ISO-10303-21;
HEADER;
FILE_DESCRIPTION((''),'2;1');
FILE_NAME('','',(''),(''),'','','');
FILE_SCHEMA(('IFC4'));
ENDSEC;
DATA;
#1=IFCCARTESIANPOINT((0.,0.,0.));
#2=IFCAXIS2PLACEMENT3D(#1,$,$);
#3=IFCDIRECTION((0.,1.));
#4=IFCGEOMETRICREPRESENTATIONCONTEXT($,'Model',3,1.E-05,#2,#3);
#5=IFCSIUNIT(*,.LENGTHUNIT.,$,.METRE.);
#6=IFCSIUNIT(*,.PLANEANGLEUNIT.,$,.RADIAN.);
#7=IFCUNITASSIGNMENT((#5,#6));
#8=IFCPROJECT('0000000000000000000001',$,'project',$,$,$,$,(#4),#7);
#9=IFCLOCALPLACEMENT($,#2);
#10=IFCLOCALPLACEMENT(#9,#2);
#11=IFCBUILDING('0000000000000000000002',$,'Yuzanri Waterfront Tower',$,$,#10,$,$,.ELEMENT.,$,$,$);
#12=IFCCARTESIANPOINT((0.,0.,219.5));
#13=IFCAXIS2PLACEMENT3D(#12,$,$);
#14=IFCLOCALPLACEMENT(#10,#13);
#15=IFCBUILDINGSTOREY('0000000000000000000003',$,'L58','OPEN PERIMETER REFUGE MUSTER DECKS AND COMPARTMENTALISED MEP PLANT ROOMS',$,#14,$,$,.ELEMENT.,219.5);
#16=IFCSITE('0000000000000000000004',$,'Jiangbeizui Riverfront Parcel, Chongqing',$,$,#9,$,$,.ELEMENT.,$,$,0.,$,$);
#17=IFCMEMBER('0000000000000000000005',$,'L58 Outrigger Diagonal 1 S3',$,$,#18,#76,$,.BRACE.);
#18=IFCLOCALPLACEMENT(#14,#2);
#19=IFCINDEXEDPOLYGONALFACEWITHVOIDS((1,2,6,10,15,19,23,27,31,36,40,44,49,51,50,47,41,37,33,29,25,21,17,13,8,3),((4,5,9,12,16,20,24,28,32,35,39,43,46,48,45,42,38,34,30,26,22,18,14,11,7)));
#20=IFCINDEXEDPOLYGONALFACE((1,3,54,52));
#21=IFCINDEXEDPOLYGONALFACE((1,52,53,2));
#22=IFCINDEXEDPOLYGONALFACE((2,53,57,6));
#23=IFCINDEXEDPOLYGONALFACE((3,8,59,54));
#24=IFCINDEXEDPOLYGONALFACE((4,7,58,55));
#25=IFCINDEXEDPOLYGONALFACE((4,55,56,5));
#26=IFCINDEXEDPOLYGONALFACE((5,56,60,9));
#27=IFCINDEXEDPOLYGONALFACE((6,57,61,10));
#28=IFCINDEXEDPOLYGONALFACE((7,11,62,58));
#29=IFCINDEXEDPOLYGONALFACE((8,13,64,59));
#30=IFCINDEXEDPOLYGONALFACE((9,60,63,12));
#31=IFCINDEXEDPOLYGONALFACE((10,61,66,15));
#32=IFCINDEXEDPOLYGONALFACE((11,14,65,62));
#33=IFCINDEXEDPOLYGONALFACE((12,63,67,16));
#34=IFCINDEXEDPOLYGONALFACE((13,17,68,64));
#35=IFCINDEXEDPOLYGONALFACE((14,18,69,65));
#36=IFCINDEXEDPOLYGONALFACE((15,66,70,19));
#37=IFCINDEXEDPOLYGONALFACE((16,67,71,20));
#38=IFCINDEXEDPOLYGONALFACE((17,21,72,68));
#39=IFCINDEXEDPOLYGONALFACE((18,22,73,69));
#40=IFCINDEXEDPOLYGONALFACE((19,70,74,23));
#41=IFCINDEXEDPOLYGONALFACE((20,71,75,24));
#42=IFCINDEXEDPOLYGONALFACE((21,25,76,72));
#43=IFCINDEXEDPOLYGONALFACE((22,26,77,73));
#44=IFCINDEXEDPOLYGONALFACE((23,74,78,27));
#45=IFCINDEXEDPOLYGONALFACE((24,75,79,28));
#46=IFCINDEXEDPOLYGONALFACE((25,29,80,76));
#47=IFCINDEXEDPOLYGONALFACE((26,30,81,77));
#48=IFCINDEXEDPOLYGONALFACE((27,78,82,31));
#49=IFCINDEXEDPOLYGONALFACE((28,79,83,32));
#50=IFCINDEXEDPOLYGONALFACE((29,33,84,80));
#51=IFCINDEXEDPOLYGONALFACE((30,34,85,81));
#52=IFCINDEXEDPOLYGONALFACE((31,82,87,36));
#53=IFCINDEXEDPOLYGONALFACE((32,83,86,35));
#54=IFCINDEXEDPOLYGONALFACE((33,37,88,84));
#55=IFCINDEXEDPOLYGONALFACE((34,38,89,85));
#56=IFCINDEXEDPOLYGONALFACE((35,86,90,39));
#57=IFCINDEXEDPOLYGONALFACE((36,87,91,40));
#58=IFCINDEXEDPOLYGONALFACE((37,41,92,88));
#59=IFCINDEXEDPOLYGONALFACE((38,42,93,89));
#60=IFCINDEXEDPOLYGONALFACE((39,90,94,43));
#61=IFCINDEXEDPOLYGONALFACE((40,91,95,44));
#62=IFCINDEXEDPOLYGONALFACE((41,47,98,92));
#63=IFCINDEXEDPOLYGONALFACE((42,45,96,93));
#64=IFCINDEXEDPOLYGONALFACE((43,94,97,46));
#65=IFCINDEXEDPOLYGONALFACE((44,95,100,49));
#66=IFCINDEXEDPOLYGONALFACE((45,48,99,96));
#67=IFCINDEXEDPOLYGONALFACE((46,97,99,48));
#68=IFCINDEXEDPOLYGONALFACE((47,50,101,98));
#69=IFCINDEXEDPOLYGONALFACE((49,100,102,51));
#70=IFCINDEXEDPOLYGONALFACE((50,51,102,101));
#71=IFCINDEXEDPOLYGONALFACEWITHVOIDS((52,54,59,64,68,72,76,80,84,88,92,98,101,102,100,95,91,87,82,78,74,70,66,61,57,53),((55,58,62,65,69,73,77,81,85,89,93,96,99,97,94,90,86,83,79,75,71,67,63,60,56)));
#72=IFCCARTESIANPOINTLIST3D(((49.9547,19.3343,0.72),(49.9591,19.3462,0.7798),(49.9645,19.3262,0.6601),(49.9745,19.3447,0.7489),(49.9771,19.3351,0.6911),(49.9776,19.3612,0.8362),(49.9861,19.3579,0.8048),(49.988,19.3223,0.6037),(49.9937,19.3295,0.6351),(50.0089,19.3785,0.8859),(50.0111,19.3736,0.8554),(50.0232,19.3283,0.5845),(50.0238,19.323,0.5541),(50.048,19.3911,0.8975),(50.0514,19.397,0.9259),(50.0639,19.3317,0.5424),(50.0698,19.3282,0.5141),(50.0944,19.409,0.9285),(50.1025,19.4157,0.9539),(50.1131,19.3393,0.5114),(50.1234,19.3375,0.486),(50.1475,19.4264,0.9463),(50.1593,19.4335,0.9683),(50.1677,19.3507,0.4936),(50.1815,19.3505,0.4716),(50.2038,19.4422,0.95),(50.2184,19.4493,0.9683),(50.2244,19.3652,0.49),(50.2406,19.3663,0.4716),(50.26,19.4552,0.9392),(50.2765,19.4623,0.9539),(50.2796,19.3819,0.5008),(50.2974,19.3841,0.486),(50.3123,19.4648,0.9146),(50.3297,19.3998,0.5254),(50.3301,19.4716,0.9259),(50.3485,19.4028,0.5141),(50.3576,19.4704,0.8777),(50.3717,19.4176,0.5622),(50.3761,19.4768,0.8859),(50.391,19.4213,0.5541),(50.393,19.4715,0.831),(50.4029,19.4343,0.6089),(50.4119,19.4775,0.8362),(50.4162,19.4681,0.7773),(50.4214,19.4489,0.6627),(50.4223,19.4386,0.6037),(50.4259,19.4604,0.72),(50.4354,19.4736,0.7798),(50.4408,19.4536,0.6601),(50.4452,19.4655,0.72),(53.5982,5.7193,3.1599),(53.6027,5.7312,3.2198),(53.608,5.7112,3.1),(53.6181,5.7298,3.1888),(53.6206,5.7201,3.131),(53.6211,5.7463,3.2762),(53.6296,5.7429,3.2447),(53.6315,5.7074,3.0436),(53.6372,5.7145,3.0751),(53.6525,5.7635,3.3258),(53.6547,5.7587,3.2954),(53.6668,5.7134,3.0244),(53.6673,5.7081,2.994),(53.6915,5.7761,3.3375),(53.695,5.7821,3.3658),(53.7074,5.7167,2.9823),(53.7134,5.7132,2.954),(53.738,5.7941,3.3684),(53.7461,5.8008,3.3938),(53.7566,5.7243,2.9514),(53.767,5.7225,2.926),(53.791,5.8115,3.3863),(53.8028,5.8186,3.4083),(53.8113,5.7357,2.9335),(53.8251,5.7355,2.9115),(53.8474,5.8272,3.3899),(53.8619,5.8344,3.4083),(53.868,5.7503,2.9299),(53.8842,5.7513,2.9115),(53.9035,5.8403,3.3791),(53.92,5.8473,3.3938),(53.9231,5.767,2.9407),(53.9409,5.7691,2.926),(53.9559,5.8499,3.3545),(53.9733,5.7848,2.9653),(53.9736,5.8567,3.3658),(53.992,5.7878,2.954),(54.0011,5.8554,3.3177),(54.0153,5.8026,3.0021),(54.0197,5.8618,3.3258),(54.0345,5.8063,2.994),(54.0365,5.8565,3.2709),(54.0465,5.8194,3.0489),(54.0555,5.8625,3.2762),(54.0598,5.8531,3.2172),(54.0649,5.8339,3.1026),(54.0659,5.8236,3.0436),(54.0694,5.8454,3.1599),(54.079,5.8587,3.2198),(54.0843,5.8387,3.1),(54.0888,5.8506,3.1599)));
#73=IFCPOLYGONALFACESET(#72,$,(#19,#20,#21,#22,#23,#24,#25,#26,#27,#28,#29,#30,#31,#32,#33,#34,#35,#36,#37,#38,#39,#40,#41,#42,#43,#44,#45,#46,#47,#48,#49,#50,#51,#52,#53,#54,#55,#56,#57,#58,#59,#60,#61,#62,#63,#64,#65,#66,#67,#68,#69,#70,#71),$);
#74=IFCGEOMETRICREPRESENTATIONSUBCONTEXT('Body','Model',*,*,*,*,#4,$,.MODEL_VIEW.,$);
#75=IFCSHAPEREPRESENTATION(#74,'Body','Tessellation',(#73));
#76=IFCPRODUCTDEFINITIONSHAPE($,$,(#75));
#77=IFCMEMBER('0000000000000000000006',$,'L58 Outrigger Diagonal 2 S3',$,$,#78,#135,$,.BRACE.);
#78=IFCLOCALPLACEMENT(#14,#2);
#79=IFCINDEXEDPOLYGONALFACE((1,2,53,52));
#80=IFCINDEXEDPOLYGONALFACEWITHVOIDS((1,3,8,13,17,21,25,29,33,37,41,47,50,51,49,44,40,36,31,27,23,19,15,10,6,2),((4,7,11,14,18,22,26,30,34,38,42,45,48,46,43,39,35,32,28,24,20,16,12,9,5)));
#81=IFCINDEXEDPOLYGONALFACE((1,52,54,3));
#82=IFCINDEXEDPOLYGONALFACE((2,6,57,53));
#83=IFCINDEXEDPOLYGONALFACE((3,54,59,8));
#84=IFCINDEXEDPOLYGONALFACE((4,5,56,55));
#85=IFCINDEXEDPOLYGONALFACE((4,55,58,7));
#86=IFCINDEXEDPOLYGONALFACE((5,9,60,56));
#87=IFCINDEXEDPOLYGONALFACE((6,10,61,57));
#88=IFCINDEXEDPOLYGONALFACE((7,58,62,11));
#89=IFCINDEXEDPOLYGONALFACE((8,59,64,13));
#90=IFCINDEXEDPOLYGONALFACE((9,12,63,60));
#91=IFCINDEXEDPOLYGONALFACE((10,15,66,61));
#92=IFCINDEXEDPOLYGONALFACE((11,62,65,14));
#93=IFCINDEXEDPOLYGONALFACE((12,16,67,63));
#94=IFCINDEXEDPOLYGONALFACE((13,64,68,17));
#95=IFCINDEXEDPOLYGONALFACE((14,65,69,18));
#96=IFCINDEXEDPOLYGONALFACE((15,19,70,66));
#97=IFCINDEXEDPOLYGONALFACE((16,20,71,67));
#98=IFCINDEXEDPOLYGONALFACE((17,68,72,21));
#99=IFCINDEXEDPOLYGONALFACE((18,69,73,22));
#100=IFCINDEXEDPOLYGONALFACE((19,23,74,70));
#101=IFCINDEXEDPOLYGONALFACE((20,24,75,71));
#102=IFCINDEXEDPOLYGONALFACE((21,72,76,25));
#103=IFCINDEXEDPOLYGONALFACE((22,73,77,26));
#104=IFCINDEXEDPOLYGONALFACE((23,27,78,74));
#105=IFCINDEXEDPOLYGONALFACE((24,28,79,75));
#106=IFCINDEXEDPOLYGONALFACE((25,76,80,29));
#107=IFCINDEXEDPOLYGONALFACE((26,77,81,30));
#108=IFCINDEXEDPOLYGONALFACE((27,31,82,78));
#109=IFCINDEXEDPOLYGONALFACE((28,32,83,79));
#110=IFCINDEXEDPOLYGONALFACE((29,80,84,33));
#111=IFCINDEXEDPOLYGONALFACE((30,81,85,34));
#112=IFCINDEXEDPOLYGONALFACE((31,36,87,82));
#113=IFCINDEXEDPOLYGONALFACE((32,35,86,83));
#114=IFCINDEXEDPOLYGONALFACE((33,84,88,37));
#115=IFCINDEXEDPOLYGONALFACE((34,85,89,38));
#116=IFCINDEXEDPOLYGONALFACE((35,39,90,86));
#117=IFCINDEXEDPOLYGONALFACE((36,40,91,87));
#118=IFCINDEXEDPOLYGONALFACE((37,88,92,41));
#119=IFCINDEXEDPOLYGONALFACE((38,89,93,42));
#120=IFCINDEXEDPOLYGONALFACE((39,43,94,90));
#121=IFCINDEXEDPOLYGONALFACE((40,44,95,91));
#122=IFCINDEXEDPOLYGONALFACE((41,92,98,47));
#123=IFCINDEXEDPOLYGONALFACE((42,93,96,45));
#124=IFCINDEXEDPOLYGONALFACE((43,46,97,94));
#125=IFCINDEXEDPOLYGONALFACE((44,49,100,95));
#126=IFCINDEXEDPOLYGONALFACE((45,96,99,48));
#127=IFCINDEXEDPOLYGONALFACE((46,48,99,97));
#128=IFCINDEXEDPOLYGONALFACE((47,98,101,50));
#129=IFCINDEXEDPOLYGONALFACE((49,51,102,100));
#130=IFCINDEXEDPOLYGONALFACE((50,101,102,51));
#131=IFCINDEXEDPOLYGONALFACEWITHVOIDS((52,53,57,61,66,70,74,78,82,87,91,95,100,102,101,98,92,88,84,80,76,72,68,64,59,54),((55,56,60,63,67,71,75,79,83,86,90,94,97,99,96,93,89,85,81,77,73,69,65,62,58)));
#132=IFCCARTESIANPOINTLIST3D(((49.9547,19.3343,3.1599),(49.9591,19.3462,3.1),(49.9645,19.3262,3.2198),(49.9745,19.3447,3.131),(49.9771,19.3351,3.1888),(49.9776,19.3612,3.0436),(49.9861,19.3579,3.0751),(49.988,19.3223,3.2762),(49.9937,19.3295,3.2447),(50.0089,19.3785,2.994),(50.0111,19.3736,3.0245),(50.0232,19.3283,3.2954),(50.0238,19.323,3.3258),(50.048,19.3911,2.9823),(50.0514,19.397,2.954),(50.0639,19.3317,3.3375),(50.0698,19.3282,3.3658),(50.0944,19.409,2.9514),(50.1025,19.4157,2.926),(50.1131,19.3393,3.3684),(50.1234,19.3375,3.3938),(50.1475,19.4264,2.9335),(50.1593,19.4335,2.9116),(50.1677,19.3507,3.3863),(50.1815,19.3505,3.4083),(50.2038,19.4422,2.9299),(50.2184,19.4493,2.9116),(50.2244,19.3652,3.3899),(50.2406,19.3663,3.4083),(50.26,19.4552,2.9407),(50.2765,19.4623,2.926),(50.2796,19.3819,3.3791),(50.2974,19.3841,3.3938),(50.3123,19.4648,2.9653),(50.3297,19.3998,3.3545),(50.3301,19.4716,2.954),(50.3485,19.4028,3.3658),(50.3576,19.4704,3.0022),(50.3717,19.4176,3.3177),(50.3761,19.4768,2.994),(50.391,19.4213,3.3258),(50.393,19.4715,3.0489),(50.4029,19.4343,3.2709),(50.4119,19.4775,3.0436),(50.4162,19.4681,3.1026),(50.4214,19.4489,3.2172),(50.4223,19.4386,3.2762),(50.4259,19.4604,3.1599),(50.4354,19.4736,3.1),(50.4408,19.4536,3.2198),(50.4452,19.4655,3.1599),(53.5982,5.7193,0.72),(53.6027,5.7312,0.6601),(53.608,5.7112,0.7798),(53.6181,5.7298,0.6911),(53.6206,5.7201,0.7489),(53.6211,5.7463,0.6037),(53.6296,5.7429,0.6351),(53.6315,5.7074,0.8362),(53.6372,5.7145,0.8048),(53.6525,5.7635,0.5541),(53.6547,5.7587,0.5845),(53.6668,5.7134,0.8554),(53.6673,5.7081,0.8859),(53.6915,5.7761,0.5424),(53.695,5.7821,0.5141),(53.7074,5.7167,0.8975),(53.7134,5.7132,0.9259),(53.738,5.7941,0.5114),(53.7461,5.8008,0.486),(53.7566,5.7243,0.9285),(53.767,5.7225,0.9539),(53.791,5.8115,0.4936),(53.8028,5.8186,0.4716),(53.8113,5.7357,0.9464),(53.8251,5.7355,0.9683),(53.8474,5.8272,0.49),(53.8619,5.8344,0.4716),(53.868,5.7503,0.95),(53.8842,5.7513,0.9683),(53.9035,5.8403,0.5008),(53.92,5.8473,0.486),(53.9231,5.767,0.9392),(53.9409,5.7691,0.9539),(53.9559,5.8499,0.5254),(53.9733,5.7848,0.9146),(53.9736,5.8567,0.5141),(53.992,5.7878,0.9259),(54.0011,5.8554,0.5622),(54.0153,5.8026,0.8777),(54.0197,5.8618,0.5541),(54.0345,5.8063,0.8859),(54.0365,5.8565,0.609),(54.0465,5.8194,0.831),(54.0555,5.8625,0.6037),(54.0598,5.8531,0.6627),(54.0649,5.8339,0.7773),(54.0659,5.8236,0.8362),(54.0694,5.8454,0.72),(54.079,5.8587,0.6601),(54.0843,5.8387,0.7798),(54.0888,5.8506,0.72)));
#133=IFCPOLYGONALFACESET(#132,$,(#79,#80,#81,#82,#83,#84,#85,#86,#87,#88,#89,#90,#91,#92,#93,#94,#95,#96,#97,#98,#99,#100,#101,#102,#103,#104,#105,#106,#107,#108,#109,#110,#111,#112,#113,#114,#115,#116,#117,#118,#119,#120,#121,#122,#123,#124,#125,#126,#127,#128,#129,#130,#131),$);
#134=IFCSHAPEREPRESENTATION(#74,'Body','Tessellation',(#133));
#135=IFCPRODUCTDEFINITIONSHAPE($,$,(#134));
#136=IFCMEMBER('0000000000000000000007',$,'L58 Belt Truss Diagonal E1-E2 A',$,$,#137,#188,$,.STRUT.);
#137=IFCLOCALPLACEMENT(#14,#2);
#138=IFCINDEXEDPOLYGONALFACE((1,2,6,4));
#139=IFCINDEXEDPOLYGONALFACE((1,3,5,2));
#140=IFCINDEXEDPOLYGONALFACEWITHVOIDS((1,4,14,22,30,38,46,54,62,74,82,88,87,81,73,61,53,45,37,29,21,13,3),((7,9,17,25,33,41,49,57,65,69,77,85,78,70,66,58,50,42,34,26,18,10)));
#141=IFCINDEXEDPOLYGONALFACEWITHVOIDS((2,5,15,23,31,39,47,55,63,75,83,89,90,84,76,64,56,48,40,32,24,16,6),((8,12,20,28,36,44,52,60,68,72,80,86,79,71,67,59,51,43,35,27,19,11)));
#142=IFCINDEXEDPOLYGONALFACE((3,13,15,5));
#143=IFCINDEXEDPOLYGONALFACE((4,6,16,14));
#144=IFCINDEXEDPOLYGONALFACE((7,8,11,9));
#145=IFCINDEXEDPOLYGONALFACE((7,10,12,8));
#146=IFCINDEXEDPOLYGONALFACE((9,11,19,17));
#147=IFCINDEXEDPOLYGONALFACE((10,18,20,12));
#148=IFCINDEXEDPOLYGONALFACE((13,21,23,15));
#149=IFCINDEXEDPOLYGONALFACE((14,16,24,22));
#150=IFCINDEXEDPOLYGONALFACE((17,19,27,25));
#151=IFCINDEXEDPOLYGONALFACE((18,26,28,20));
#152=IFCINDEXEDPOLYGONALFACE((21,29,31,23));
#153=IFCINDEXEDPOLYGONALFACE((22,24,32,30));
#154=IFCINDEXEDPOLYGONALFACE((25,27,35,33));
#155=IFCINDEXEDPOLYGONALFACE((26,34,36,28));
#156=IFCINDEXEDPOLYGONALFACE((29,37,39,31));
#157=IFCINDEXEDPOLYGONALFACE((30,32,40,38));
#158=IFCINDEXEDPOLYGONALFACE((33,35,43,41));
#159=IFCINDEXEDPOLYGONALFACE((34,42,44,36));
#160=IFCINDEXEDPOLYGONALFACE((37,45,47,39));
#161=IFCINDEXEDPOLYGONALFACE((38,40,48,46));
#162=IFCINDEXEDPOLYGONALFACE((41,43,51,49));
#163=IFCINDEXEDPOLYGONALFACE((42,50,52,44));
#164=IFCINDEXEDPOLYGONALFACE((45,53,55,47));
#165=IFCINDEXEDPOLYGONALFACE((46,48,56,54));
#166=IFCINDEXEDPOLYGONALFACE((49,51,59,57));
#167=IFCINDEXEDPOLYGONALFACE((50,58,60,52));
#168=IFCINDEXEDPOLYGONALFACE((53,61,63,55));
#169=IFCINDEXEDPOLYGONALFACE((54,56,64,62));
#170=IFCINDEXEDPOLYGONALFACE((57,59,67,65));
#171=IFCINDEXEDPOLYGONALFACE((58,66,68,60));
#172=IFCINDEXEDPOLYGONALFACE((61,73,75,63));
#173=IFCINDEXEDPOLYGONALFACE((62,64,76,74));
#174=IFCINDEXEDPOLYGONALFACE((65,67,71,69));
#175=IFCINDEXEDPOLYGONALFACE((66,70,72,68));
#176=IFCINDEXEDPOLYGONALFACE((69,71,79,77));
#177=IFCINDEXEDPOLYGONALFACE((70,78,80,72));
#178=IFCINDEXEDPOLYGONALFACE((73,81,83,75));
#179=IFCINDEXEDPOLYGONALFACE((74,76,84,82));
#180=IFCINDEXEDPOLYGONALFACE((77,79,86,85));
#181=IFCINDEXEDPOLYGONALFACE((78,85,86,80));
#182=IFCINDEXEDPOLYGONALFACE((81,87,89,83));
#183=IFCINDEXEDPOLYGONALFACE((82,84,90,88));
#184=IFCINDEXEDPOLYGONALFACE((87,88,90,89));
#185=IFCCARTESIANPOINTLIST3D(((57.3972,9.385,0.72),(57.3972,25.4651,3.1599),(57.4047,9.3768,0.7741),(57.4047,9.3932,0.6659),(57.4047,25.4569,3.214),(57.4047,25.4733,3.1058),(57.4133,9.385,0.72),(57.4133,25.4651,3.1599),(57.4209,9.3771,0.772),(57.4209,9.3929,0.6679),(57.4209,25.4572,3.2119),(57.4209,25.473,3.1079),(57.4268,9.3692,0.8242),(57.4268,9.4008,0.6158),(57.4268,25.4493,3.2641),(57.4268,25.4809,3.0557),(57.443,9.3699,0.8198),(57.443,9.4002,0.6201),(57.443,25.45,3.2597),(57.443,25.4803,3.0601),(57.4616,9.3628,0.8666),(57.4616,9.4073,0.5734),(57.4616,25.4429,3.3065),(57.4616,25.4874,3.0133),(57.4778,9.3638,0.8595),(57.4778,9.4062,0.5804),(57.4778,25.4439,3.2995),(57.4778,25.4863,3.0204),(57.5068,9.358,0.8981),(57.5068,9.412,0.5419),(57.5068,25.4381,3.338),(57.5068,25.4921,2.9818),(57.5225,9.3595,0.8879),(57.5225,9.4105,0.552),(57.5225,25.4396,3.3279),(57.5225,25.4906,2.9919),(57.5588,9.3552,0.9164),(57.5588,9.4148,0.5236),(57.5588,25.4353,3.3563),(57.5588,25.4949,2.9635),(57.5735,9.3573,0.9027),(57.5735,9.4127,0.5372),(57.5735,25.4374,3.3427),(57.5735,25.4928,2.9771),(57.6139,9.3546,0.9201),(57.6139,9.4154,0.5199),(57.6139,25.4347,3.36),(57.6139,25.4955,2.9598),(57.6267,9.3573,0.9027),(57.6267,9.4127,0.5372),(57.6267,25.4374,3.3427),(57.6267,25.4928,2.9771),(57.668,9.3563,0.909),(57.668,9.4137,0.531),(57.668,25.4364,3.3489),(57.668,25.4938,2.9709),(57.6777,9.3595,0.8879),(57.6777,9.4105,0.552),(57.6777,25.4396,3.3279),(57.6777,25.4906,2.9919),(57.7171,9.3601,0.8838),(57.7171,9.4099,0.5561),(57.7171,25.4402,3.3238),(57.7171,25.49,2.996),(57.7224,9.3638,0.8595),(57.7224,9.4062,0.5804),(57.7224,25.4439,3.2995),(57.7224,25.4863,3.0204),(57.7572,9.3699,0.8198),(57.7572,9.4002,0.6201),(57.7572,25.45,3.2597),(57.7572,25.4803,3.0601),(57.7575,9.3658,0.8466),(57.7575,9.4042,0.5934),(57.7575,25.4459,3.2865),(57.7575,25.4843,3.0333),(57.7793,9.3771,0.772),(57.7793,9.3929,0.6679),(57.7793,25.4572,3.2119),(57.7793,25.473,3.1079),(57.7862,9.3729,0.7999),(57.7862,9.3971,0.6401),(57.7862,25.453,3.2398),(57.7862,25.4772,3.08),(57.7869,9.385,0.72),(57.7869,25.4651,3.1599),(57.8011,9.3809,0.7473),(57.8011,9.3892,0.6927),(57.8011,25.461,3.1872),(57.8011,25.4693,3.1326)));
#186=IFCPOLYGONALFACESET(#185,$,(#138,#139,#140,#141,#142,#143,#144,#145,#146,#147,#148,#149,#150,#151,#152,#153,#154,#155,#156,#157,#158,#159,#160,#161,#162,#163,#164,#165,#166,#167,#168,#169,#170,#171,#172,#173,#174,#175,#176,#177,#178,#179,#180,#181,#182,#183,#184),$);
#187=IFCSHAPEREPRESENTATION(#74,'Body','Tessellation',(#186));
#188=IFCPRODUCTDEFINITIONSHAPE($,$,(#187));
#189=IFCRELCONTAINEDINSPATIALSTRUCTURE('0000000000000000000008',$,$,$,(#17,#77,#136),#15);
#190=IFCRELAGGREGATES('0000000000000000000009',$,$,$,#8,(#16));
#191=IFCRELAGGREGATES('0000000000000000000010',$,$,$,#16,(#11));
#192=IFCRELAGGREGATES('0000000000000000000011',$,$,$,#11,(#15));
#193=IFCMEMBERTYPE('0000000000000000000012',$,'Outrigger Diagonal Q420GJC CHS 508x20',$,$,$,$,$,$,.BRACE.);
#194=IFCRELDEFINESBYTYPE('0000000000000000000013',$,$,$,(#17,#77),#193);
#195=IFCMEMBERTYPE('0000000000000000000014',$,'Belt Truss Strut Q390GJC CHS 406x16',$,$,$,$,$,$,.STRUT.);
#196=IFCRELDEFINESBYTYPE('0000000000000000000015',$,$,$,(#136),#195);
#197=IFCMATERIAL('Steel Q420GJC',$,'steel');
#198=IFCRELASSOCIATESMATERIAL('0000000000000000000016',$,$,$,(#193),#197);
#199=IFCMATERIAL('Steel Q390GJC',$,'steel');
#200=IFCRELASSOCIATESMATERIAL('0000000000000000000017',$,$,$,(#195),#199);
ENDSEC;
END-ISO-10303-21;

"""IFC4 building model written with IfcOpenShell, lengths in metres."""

from ifc_helpers import new_model, si_unit, direction, frame, origin, origin_2d, place, context, subcontext, project, spatial, hollow_circle, extrude, source, transform, mapped, material, material_profile, profile_set, type_object, element, save


model = new_model("IFC4")

# Units and contexts
model_context = context("Model", 3, precision=1e-05, world=origin(), true_north=direction((0.0, 1.0)))
body_context = subcontext(model_context, "Body", "Model", "MODEL_VIEW")
ifc_project = project(units=[si_unit("LENGTHUNIT", "METRE"), si_unit("PLANEANGLEUNIT", "RADIAN")], contexts=[model_context])

# Site, building, storey
site_placement = place(None, origin())
site = spatial("IfcSite", under=ifc_project, at=site_placement, Name="Jiangbeizui Riverfront Parcel, Chongqing", CompositionType="ELEMENT", RefElevation=0.0)
building_placement = place(site_placement, origin())
building = spatial("IfcBuilding", under=site, at=building_placement, Name="Yuzanri Waterfront Tower", CompositionType="ELEMENT")
storey_placement = place(building_placement, frame((0.0, 0.0, 219.5)))
storey = spatial("IfcBuildingStorey", under=building, at=storey_placement, Name="L58", Description="OPEN PERIMETER REFUGE MUSTER DECKS AND COMPARTMENTALISED MEP PLANT ROOMS", CompositionType="ELEMENT", Elevation=219.5)

# Members
ifc_material_1 = material(Name="Steel Q420GJC", Category="steel")
ifc_material_profile_1 = material_profile(ifc_material_1, hollow_circle(Radius=0.2539, WallThickness=0.02, at=origin_2d()), Name="CHS 508x20")
ifc_profile_set_1 = profile_set([ifc_material_profile_1], Name="Steel Q420GJC")
member_type_1 = type_object("IfcMemberType", Name="Outrigger Diagonal Q420GJC CHS 508x20", PredefinedType="BRACE", material=ifc_profile_set_1)
shared_shape_1 = source(origin(), body_context, "Body", "SweptSolid", [
    extrude(hollow_circle(Radius=0.2539, WallThickness=0.02, at=origin_2d()), origin(), (0.0, 0.0, 1.0), 14.3037),
])
for number, where, z_axis, x_axis, name in (
    (1, (50.2, 19.3999, 0.72), (0.254728, -0.951849, 0.170581), (0.966007, 0.258516, 0.0), "L58 Outrigger Diagonal 1 S3"),
    (2, (50.2, 19.3999, 3.1599), (0.254728, -0.951849, -0.170581), (0.966007, 0.258516, 0.0), "L58 Outrigger Diagonal 2 S3"),
):
    element("IfcMember", number, at=place(storey_placement, frame(where, z_axis=z_axis, x_axis=x_axis)), inside=storey, type_object=member_type_1, Name=name, PredefinedType="BRACE", context=body_context, shape_type="MappedRepresentation", body=[
        mapped(shared_shape_1, transform((0.0, 0.0, 0.0), scale=1.0)),
    ])
ifc_material_2 = material(Name="Steel Q390GJC", Category="steel")
ifc_material_profile_2 = material_profile(ifc_material_2, hollow_circle(Radius=0.2029, WallThickness=0.0161, at=origin_2d()), Name="CHS 406x16")
ifc_profile_set_2 = profile_set([ifc_material_profile_2], Name="Steel Q390GJC")
member_type_2 = type_object("IfcMemberType", Name="Belt Truss Strut Q390GJC CHS 406x16", PredefinedType="STRUT", material=ifc_profile_set_2)
shared_shape_2 = source(origin(), body_context, "Body", "SweptSolid", [
    extrude(hollow_circle(Radius=0.2029, WallThickness=0.0161, at=origin_2d()), origin(), (0.0, 0.0, 1.0), 16.2642),
])
for number, where, z_axis, x_axis, name in (
    (3, (57.6001, 9.385, 0.72), (0.0, 0.988683, 0.15002), (-1.0, 0.0, 0.0), "L58 Belt Truss Diagonal E1-E2 A"),
):
    element("IfcMember", number, at=place(storey_placement, frame(where, z_axis=z_axis, x_axis=x_axis)), inside=storey, type_object=member_type_2, Name=name, PredefinedType="STRUT", context=body_context, shape_type="MappedRepresentation", body=[
        mapped(shared_shape_2, transform((0.0, 0.0, 0.0), scale=1.0)),
    ])

save(model, "model.ifc")
